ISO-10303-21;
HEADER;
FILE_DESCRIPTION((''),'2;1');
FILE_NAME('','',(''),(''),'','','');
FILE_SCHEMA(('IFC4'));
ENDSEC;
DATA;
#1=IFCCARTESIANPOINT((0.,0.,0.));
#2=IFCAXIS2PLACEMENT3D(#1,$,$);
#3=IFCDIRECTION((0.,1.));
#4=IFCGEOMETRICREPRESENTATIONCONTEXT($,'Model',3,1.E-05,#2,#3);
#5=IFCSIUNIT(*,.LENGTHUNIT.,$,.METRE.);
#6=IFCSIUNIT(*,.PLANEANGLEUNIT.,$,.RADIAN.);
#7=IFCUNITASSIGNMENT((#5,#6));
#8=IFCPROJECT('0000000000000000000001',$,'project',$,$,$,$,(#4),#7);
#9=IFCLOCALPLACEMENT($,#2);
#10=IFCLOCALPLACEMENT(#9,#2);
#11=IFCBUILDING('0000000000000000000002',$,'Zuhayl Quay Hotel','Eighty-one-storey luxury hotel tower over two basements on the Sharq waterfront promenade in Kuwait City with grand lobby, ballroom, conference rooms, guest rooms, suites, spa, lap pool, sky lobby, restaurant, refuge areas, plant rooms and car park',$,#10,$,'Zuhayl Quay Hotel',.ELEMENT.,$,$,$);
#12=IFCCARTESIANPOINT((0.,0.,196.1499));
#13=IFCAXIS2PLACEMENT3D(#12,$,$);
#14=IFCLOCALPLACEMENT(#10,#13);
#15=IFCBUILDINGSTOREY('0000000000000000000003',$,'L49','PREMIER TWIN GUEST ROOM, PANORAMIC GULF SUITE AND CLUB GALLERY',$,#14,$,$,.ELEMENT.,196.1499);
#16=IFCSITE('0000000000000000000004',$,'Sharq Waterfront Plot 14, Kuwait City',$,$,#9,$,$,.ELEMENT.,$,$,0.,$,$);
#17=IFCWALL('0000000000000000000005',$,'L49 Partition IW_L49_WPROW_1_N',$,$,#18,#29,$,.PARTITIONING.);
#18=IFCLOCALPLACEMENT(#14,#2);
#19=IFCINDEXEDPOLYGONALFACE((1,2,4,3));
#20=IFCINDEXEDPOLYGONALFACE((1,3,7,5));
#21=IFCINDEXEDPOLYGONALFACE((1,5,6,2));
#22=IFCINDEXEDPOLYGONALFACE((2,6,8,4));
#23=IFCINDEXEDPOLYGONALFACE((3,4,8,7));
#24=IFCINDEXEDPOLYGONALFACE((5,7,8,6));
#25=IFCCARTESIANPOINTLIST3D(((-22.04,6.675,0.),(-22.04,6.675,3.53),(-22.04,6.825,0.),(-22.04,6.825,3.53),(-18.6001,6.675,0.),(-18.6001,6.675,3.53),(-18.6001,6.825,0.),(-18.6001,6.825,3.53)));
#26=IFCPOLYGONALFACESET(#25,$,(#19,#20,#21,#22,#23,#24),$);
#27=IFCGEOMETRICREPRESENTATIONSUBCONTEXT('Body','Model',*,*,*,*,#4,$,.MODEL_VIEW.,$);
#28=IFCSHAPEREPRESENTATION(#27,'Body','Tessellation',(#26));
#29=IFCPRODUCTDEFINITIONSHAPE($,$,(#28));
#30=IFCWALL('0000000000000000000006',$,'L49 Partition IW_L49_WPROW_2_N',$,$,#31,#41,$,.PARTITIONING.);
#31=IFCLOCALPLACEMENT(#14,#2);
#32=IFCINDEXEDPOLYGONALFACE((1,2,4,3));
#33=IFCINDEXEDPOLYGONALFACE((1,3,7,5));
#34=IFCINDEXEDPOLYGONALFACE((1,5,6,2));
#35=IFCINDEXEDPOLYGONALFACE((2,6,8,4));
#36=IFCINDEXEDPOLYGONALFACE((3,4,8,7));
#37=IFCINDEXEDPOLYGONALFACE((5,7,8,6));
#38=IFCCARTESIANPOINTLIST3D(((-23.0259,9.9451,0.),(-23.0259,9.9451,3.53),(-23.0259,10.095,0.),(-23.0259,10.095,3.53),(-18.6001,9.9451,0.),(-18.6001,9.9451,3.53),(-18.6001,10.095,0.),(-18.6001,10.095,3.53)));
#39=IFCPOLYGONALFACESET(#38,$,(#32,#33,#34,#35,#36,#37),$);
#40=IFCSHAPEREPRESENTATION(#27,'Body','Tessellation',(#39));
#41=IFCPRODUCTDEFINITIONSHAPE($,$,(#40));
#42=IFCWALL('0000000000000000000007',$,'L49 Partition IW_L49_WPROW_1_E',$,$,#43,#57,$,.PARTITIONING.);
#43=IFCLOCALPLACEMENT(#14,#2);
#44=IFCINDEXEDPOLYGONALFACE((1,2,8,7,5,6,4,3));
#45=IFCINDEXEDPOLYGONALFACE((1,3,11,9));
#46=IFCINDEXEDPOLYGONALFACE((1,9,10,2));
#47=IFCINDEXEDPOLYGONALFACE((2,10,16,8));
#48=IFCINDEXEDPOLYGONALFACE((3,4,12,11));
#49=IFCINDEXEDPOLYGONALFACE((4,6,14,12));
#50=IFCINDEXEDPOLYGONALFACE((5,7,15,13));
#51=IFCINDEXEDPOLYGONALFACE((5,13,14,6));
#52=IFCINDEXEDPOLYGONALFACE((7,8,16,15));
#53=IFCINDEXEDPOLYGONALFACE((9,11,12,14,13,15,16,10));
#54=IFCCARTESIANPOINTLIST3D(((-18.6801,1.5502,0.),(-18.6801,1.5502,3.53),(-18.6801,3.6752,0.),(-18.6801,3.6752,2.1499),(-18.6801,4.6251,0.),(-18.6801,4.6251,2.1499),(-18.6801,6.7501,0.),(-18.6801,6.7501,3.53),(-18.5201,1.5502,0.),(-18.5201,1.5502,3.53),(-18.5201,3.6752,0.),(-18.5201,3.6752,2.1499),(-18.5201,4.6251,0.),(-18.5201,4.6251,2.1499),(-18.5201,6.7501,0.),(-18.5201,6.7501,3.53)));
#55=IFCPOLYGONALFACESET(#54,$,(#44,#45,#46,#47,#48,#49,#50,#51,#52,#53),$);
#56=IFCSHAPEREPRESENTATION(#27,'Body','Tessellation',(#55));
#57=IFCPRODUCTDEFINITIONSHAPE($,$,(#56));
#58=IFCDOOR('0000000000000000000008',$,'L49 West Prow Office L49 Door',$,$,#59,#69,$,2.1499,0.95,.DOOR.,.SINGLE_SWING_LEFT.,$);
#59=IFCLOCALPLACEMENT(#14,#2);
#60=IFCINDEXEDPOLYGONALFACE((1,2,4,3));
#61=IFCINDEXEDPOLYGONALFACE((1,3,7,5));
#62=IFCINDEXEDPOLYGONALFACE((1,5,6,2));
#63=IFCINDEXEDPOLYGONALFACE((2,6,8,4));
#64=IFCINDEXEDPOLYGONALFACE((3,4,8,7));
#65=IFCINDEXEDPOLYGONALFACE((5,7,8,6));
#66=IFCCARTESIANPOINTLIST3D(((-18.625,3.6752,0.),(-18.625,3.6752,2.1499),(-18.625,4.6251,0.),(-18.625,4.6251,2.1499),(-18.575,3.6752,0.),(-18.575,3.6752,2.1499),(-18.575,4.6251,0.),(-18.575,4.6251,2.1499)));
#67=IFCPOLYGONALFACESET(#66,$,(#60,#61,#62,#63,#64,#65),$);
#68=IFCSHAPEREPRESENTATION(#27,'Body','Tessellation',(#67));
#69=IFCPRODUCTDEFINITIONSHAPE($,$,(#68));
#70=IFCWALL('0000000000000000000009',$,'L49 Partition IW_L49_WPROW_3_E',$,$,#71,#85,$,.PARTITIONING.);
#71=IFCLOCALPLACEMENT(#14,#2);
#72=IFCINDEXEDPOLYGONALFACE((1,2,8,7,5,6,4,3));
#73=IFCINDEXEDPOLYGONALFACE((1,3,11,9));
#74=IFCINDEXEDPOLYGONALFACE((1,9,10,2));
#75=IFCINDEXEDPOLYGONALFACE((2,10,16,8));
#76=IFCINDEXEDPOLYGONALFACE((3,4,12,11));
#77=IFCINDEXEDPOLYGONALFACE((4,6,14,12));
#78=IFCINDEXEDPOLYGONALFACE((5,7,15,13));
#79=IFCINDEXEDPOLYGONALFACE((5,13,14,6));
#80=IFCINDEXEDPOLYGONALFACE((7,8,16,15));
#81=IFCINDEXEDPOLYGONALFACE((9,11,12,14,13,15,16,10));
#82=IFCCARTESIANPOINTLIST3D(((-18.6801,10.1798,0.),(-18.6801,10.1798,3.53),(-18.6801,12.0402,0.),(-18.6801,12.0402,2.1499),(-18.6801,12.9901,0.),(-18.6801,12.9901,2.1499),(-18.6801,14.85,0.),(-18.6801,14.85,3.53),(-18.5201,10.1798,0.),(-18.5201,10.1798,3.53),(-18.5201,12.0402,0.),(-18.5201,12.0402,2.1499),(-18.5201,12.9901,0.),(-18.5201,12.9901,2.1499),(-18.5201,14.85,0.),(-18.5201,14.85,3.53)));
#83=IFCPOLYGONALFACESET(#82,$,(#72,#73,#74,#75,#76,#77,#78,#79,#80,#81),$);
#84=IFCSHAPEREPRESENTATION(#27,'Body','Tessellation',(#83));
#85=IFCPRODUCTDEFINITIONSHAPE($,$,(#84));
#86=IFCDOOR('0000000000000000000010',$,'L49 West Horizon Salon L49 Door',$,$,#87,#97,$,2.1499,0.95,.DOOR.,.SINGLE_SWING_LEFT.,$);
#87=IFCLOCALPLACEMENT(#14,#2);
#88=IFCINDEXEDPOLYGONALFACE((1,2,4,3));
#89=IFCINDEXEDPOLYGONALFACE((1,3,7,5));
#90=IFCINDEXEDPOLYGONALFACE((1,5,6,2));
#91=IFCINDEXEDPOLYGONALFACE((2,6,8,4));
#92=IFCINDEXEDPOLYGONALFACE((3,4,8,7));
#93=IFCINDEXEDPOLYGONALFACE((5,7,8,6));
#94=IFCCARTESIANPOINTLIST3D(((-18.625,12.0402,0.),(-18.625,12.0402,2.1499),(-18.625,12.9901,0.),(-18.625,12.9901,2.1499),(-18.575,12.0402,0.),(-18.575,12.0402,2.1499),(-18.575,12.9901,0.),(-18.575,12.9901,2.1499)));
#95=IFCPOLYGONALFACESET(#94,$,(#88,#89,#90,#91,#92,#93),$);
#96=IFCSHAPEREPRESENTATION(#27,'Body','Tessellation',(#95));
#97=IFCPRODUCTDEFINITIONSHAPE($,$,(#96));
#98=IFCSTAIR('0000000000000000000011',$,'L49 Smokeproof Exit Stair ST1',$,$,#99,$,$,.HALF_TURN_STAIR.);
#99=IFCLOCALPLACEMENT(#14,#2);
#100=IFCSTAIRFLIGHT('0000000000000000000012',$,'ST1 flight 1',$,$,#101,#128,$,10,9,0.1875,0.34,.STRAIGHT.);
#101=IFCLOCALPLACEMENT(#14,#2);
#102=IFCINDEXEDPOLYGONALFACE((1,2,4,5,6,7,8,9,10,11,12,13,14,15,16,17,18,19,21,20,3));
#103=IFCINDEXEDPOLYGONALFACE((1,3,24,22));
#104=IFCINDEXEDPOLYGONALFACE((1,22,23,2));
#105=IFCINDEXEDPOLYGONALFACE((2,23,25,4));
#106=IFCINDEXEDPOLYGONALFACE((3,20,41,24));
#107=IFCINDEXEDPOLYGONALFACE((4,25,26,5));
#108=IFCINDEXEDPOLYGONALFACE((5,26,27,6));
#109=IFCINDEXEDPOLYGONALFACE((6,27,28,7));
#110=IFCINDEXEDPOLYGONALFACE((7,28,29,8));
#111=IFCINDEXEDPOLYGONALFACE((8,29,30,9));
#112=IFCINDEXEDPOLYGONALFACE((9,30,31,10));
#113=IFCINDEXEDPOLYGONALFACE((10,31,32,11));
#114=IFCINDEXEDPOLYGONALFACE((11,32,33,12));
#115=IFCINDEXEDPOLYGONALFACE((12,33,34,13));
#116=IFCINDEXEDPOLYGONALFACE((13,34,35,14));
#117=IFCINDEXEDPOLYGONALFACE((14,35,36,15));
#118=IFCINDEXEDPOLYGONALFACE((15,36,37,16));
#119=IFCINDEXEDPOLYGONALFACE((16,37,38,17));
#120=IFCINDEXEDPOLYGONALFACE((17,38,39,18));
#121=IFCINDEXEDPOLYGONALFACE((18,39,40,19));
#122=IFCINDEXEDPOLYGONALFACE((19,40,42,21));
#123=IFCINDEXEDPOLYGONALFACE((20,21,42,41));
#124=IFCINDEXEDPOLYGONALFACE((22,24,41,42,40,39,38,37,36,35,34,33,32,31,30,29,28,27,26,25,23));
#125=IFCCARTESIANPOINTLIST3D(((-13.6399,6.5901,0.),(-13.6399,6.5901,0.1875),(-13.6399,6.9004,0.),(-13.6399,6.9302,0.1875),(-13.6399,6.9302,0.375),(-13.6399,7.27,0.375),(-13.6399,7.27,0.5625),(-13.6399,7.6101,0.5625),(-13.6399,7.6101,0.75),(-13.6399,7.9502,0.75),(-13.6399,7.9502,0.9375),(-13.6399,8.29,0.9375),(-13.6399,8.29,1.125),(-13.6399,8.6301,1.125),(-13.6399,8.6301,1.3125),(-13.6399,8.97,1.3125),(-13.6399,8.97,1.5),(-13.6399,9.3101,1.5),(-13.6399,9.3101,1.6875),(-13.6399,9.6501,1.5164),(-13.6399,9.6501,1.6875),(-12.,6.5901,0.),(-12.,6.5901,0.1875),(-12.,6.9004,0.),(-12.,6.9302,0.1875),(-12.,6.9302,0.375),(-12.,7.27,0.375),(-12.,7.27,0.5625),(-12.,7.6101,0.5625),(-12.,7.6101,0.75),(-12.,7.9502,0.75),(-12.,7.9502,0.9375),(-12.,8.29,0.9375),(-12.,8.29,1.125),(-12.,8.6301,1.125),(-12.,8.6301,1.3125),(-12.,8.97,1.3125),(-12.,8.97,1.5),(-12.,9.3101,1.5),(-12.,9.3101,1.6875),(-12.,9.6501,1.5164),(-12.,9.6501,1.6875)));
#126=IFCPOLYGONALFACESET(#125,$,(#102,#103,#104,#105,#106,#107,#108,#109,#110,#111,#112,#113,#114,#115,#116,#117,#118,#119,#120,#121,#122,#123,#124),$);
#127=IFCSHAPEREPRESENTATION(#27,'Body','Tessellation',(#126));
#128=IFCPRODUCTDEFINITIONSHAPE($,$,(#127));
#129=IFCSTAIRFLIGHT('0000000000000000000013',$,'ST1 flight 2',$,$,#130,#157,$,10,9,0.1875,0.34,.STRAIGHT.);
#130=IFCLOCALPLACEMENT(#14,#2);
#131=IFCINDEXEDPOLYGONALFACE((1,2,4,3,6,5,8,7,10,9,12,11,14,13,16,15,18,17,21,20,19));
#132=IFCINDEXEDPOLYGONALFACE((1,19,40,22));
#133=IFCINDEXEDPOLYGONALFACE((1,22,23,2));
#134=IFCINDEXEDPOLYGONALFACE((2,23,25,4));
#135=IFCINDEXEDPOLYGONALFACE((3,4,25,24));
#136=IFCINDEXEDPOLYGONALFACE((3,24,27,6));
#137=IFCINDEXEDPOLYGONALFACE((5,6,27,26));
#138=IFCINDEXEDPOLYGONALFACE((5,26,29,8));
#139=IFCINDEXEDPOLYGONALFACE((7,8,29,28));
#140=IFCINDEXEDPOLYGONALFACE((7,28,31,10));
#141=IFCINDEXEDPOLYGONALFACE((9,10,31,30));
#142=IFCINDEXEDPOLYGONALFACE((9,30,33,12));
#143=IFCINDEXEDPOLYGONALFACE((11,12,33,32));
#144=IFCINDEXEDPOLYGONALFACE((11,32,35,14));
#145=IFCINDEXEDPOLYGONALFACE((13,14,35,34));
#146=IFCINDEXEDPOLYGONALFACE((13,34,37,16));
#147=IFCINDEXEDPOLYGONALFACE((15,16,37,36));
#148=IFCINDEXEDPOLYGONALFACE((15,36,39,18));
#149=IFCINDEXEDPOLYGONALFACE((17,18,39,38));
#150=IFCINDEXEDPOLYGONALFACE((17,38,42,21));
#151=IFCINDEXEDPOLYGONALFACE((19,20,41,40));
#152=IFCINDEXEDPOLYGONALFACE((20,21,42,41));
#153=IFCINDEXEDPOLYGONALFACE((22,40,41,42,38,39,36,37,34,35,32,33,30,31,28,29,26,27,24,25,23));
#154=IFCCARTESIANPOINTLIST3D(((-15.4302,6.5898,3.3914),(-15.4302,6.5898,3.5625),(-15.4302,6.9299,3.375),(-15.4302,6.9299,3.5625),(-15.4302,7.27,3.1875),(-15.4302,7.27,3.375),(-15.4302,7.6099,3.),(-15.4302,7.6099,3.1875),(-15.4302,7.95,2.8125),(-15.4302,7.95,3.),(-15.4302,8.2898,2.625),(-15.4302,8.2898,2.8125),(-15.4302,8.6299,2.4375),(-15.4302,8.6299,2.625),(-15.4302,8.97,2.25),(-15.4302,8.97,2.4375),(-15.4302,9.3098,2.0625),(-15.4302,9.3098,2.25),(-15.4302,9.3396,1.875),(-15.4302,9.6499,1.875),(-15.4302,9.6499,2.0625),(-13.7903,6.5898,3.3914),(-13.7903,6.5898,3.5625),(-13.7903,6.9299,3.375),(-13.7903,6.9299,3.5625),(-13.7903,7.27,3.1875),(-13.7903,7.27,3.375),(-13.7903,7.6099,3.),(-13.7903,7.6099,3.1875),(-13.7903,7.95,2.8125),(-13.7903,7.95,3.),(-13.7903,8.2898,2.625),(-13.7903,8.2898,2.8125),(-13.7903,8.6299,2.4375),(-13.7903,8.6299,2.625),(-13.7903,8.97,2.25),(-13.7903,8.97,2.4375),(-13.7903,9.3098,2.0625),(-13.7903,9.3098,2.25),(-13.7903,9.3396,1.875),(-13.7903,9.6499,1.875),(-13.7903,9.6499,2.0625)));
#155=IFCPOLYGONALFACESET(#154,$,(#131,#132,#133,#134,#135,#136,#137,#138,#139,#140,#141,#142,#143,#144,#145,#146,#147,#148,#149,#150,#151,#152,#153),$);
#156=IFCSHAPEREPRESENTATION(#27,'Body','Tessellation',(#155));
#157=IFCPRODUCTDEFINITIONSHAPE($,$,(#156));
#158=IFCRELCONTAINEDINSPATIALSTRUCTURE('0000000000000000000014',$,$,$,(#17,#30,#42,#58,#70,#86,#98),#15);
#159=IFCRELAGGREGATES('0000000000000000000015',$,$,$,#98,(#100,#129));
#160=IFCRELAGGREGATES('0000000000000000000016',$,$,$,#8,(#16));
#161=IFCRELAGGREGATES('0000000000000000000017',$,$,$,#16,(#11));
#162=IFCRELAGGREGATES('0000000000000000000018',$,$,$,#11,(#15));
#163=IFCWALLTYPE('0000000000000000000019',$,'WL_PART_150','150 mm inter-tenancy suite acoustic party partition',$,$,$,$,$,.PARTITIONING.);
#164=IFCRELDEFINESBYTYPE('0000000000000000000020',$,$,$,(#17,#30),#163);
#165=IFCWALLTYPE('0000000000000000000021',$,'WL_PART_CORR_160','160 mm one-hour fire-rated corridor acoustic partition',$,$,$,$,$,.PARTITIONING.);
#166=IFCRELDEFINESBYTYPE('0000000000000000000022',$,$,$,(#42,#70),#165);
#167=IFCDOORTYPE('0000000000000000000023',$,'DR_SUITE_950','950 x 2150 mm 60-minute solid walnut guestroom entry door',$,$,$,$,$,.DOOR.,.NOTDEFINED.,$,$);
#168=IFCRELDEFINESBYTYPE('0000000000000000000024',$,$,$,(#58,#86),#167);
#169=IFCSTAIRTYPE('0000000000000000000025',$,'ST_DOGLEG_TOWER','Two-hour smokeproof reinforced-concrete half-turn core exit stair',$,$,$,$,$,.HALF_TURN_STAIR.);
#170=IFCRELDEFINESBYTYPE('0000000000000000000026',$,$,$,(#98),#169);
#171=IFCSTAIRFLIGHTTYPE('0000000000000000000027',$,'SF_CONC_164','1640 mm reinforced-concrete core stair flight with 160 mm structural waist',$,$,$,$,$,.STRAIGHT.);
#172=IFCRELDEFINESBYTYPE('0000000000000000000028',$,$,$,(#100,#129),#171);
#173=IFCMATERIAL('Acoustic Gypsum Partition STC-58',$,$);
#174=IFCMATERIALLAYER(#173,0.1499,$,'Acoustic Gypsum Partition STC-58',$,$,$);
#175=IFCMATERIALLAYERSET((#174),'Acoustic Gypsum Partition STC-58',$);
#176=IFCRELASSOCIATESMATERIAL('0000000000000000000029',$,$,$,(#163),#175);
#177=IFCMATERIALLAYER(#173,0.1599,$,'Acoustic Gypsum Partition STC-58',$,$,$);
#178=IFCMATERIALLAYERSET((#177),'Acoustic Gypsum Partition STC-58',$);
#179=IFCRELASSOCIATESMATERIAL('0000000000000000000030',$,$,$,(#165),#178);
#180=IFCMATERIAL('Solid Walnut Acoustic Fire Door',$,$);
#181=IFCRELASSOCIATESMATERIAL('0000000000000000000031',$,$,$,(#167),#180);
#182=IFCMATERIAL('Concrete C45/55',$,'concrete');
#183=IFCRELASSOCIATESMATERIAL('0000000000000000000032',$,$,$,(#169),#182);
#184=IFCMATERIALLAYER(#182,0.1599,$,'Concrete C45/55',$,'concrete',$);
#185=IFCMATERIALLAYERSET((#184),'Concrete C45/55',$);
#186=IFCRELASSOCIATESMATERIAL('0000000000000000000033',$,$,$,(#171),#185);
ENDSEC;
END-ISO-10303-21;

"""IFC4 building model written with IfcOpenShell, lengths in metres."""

from ifc_helpers import new_model, si_unit, direction, frame, frame_2d, origin, place, context, subcontext, project, spatial, polyline, rectangle, outline, extrude, material, layer, layer_set, type_object, element, fill, aggregate, save


model = new_model("IFC4")

# Units and contexts
model_context = context("Model", 3, precision=1e-05, world=origin(), true_north=direction((0.0, 1.0)))
body_context = subcontext(model_context, "Body", "Model", "MODEL_VIEW")
ifc_project = project(units=[si_unit("LENGTHUNIT", "METRE"), si_unit("PLANEANGLEUNIT", "RADIAN")], contexts=[model_context])

# Site, building, storey
site_placement = place(None, origin())
site = spatial("IfcSite", under=ifc_project, at=site_placement, Name="Sharq Waterfront Plot 14, Kuwait City", CompositionType="ELEMENT", RefElevation=0.0)
building_placement = place(site_placement, origin())
building = spatial("IfcBuilding", under=site, at=building_placement, Name="Zuhayl Quay Hotel", Description="Eighty-one-storey luxury hotel tower over two basements on the Sharq waterfront promenade in Kuwait City with grand lobby, ballroom, conference rooms, guest rooms, suites, spa, lap pool, sky lobby, restaurant, refuge areas, plant rooms and car park", LongName="Zuhayl Quay Hotel", CompositionType="ELEMENT")
storey_placement = place(building_placement, frame((0.0, 0.0, 196.1499)))
storey = spatial("IfcBuildingStorey", under=building, at=storey_placement, Name="L49", Description="PREMIER TWIN GUEST ROOM, PANORAMIC GULF SUITE AND CLUB GALLERY", CompositionType="ELEMENT", Elevation=196.1499)

# Walls
ifc_material_1 = material(Name="Acoustic Gypsum Partition STC-58")
ifc_layer_1 = layer(ifc_material_1, 0.1499, Name="Acoustic Gypsum Partition STC-58")
ifc_layer_set_1 = layer_set([ifc_layer_1], Name="Acoustic Gypsum Partition STC-58")
wall_type_1 = type_object("IfcWallType", Name="WL_PART_150", Description="150 mm inter-tenancy suite acoustic party partition", PredefinedType="PARTITIONING", material=ifc_layer_set_1)
for number, where, z_axis, x_axis, name in (
    (1, (-22.04, 6.75, 0.0), (0.0, 0.0, 1.0), (1.0, 0.0, 0.0), "L49 Partition IW_L49_WPROW_1_N"),
):
    element("IfcWall", number, at=place(storey_placement, frame(where, z_axis=z_axis, x_axis=x_axis)), inside=storey, type_object=wall_type_1, Name=name, PredefinedType="PARTITIONING", context=body_context, shape_type="SweptSolid", body=[
        extrude(rectangle(XDim=3.4399, YDim=0.1499, at=frame_2d((1.72, 0.0))), origin(), (0.0, 0.0, 1.0), 3.53),
    ])
wall_1_placement = place(storey_placement, frame((-23.0259, 10.02, 0.0), z_axis=(0.0, 0.0, 1.0), x_axis=(1.0, 0.0, 0.0)))
element("IfcWall", 2, at=wall_1_placement, inside=storey, type_object=wall_type_1, Name="L49 Partition IW_L49_WPROW_2_N", PredefinedType="PARTITIONING", context=body_context, shape_type="SweptSolid", body=[
    extrude(rectangle(XDim=4.4258, YDim=0.1499, at=frame_2d((2.2129, 0.0))), origin(), (0.0, 0.0, 1.0), 3.53),
])

# Walls, openings, doors
ifc_layer_2 = layer(ifc_material_1, 0.1599, Name="Acoustic Gypsum Partition STC-58")
ifc_layer_set_2 = layer_set([ifc_layer_2], Name="Acoustic Gypsum Partition STC-58")
wall_type_2 = type_object("IfcWallType", Name="WL_PART_CORR_160", Description="160 mm one-hour fire-rated corridor acoustic partition", PredefinedType="PARTITIONING", material=ifc_layer_set_2)
wall_2_placement = place(storey_placement, frame((-18.6001, 1.55, 0.0), z_axis=(0.0, 0.0, 1.0), x_axis=(0.0, 1.0, 0.0)))
wall_2 = element("IfcWall", 3, at=wall_2_placement, inside=storey, type_object=wall_type_2, Name="L49 Partition IW_L49_WPROW_1_E", PredefinedType="PARTITIONING", context=body_context, shape_type="SweptSolid", body=[
    extrude(rectangle(XDim=5.2, YDim=0.1599, at=frame_2d((2.6001, 0.0))), origin(), (0.0, 0.0, 1.0), 3.53),
])
opening_1_placement = place(wall_2_placement, frame((2.125, 0.0, 0.0)))
opening_1 = element("IfcOpeningElement", 4, at=opening_1_placement, cuts=wall_2, PredefinedType="OPENING", context=body_context, shape_type="SweptSolid", body=[
    extrude(rectangle(XDim=0.95, YDim=2.1499, at=frame_2d((0.4751, 1.075))), frame((0.0, 0.0898, 0.0), z_axis=(0.0, -1.0, 0.0), x_axis=(1.0, 0.0, 0.0)), (0.0, 0.0, 1.0), 0.1799),
])
ifc_material_2 = material(Name="Solid Walnut Acoustic Fire Door")
door_type = type_object("IfcDoorType", Name="DR_SUITE_950", Description="950 x 2150 mm 60-minute solid walnut guestroom entry door", OperationType="NOTDEFINED", PredefinedType="DOOR", material=ifc_material_2)
door_1_placement = place(opening_1_placement, origin())
door_1 = element("IfcDoor", 5, at=door_1_placement, inside=storey, type_object=door_type, Name="L49 West Prow Office L49 Door", OperationType="SINGLE_SWING_LEFT", OverallHeight=2.1499, OverallWidth=0.95, PredefinedType="DOOR", context=body_context, shape_type="SweptSolid", body=[
    extrude(rectangle(XDim=0.95, YDim=2.1499, at=frame_2d((0.4751, 1.075))), frame((0.0, 0.0249, 0.0), z_axis=(0.0, -1.0, 0.0), x_axis=(1.0, 0.0, 0.0)), (0.0, 0.0, 1.0), 0.05),
])
fill(opening_1, door_1)
wall_3_placement = place(storey_placement, frame((-18.6001, 10.1799, 0.0), z_axis=(0.0, 0.0, 1.0), x_axis=(0.0, 1.0, 0.0)))
wall_3 = element("IfcWall", 6, at=wall_3_placement, inside=storey, type_object=wall_type_2, Name="L49 Partition IW_L49_WPROW_3_E", PredefinedType="PARTITIONING", context=body_context, shape_type="SweptSolid", body=[
    extrude(rectangle(XDim=4.6702, YDim=0.1599, at=frame_2d((2.335, 0.0))), origin(), (0.0, 0.0, 1.0), 3.53),
])
opening_2_placement = place(wall_3_placement, frame((1.8601, 0.0, 0.0)))
opening_2 = element("IfcOpeningElement", 7, at=opening_2_placement, cuts=wall_3, PredefinedType="OPENING", context=body_context, shape_type="SweptSolid", body=[
    extrude(rectangle(XDim=0.95, YDim=2.1499, at=frame_2d((0.4751, 1.075))), frame((0.0, 0.0898, 0.0), z_axis=(0.0, -1.0, 0.0), x_axis=(1.0, 0.0, 0.0)), (0.0, 0.0, 1.0), 0.1799),
])
door_2_placement = place(opening_2_placement, origin())
door_2 = element("IfcDoor", 8, at=door_2_placement, inside=storey, type_object=door_type, Name="L49 West Horizon Salon L49 Door", OperationType="SINGLE_SWING_LEFT", OverallHeight=2.1499, OverallWidth=0.95, PredefinedType="DOOR", context=body_context, shape_type="SweptSolid", body=[
    extrude(rectangle(XDim=0.95, YDim=2.1499, at=frame_2d((0.4751, 1.075))), frame((0.0, 0.0249, 0.0), z_axis=(0.0, -1.0, 0.0), x_axis=(1.0, 0.0, 0.0)), (0.0, 0.0, 1.0), 0.05),
])
fill(opening_2, door_2)

# Stair, stair flights
ifc_material_3 = material(Name="Concrete C45/55", Category="concrete")
stair_type = type_object("IfcStairType", Name="ST_DOGLEG_TOWER", Description="Two-hour smokeproof reinforced-concrete half-turn core exit stair", PredefinedType="HALF_TURN_STAIR", material=ifc_material_3)
stair_placement = place(storey_placement, origin())
stair = element("IfcStair", 9, at=stair_placement, inside=storey, type_object=stair_type, Name="L49 Smokeproof Exit Stair ST1", PredefinedType="HALF_TURN_STAIR")
ifc_layer_3 = layer(ifc_material_3, 0.1599, Name="Concrete C45/55", Category="concrete")
ifc_layer_set_3 = layer_set([ifc_layer_3], Name="Concrete C45/55")
stair_flight_type = type_object("IfcStairFlightType", Name="SF_CONC_164", Description="1640 mm reinforced-concrete core stair flight with 160 mm structural waist", PredefinedType="STRAIGHT", material=ifc_layer_set_3)
stair_flight_1_placement = place(storey_placement, frame((-12.8201, 6.5901, 0.0), z_axis=(0.0, 0.0, 1.0), x_axis=(0.0, 1.0, 0.0)))
stair_flight_1 = element("IfcStairFlight", 10, at=stair_flight_1_placement, type_object=stair_flight_type, Name="ST1 flight 1", NumberOfRisers=10, NumberOfTreads=9, PredefinedType="STRAIGHT", RiserHeight=0.1875, TreadLength=0.34, context=body_context, shape_type="SweptSolid", body=[
    extrude(outline(polyline([(0.0, 0.0), (0.0, 0.1875), (0.3401, 0.1875), (0.3401, 0.375), (0.6799, 0.375), (0.6799, 0.5625), (1.02, 0.5625), (1.02, 0.75), (1.3601, 0.75), (1.3601, 0.9375), (1.7, 0.9375), (1.7, 1.125), (2.04, 1.125), (2.04, 1.3125), (2.3799, 1.3125), (2.3799, 1.5), (2.72, 1.5), (2.72, 1.6875), (3.0601, 1.6875), (3.0601, 1.875), (3.0601, 1.5164), (0.3103, 0.0), (0.0, 0.0)])), frame((0.0, 0.8198, 0.0), z_axis=(0.0, -1.0, 0.0), x_axis=(1.0, 0.0, 0.0)), (0.0, 0.0, 1.0), 1.6399),
])
stair_flight_2_placement = place(storey_placement, frame((-14.6101, 9.6499, 1.875), z_axis=(0.0, 0.0, 1.0), x_axis=(0.0, -1.0, 0.0)))
stair_flight_2 = element("IfcStairFlight", 11, at=stair_flight_2_placement, type_object=stair_flight_type, Name="ST1 flight 2", NumberOfRisers=10, NumberOfTreads=9, PredefinedType="STRAIGHT", RiserHeight=0.1875, TreadLength=0.34, context=body_context, shape_type="SweptSolid", body=[
    extrude(outline(polyline([(0.0, 0.0), (0.0, 0.1875), (0.3401, 0.1875), (0.3401, 0.375), (0.6799, 0.375), (0.6799, 0.5625), (1.02, 0.5625), (1.02, 0.75), (1.3601, 0.75), (1.3601, 0.9375), (1.7, 0.9375), (1.7, 1.125), (2.04, 1.125), (2.04, 1.3125), (2.3799, 1.3125), (2.3799, 1.5), (2.72, 1.5), (2.72, 1.6875), (3.0601, 1.6875), (3.0601, 1.875), (3.0601, 1.5164), (0.3103, 0.0), (0.0, 0.0)])), frame((0.0, 0.8198, 0.0), z_axis=(0.0, -1.0, 0.0), x_axis=(1.0, 0.0, 0.0)), (0.0, 0.0, 1.0), 1.6399),
])
aggregate(stair, [stair_flight_1, stair_flight_2])

save(model, "model.ifc")
